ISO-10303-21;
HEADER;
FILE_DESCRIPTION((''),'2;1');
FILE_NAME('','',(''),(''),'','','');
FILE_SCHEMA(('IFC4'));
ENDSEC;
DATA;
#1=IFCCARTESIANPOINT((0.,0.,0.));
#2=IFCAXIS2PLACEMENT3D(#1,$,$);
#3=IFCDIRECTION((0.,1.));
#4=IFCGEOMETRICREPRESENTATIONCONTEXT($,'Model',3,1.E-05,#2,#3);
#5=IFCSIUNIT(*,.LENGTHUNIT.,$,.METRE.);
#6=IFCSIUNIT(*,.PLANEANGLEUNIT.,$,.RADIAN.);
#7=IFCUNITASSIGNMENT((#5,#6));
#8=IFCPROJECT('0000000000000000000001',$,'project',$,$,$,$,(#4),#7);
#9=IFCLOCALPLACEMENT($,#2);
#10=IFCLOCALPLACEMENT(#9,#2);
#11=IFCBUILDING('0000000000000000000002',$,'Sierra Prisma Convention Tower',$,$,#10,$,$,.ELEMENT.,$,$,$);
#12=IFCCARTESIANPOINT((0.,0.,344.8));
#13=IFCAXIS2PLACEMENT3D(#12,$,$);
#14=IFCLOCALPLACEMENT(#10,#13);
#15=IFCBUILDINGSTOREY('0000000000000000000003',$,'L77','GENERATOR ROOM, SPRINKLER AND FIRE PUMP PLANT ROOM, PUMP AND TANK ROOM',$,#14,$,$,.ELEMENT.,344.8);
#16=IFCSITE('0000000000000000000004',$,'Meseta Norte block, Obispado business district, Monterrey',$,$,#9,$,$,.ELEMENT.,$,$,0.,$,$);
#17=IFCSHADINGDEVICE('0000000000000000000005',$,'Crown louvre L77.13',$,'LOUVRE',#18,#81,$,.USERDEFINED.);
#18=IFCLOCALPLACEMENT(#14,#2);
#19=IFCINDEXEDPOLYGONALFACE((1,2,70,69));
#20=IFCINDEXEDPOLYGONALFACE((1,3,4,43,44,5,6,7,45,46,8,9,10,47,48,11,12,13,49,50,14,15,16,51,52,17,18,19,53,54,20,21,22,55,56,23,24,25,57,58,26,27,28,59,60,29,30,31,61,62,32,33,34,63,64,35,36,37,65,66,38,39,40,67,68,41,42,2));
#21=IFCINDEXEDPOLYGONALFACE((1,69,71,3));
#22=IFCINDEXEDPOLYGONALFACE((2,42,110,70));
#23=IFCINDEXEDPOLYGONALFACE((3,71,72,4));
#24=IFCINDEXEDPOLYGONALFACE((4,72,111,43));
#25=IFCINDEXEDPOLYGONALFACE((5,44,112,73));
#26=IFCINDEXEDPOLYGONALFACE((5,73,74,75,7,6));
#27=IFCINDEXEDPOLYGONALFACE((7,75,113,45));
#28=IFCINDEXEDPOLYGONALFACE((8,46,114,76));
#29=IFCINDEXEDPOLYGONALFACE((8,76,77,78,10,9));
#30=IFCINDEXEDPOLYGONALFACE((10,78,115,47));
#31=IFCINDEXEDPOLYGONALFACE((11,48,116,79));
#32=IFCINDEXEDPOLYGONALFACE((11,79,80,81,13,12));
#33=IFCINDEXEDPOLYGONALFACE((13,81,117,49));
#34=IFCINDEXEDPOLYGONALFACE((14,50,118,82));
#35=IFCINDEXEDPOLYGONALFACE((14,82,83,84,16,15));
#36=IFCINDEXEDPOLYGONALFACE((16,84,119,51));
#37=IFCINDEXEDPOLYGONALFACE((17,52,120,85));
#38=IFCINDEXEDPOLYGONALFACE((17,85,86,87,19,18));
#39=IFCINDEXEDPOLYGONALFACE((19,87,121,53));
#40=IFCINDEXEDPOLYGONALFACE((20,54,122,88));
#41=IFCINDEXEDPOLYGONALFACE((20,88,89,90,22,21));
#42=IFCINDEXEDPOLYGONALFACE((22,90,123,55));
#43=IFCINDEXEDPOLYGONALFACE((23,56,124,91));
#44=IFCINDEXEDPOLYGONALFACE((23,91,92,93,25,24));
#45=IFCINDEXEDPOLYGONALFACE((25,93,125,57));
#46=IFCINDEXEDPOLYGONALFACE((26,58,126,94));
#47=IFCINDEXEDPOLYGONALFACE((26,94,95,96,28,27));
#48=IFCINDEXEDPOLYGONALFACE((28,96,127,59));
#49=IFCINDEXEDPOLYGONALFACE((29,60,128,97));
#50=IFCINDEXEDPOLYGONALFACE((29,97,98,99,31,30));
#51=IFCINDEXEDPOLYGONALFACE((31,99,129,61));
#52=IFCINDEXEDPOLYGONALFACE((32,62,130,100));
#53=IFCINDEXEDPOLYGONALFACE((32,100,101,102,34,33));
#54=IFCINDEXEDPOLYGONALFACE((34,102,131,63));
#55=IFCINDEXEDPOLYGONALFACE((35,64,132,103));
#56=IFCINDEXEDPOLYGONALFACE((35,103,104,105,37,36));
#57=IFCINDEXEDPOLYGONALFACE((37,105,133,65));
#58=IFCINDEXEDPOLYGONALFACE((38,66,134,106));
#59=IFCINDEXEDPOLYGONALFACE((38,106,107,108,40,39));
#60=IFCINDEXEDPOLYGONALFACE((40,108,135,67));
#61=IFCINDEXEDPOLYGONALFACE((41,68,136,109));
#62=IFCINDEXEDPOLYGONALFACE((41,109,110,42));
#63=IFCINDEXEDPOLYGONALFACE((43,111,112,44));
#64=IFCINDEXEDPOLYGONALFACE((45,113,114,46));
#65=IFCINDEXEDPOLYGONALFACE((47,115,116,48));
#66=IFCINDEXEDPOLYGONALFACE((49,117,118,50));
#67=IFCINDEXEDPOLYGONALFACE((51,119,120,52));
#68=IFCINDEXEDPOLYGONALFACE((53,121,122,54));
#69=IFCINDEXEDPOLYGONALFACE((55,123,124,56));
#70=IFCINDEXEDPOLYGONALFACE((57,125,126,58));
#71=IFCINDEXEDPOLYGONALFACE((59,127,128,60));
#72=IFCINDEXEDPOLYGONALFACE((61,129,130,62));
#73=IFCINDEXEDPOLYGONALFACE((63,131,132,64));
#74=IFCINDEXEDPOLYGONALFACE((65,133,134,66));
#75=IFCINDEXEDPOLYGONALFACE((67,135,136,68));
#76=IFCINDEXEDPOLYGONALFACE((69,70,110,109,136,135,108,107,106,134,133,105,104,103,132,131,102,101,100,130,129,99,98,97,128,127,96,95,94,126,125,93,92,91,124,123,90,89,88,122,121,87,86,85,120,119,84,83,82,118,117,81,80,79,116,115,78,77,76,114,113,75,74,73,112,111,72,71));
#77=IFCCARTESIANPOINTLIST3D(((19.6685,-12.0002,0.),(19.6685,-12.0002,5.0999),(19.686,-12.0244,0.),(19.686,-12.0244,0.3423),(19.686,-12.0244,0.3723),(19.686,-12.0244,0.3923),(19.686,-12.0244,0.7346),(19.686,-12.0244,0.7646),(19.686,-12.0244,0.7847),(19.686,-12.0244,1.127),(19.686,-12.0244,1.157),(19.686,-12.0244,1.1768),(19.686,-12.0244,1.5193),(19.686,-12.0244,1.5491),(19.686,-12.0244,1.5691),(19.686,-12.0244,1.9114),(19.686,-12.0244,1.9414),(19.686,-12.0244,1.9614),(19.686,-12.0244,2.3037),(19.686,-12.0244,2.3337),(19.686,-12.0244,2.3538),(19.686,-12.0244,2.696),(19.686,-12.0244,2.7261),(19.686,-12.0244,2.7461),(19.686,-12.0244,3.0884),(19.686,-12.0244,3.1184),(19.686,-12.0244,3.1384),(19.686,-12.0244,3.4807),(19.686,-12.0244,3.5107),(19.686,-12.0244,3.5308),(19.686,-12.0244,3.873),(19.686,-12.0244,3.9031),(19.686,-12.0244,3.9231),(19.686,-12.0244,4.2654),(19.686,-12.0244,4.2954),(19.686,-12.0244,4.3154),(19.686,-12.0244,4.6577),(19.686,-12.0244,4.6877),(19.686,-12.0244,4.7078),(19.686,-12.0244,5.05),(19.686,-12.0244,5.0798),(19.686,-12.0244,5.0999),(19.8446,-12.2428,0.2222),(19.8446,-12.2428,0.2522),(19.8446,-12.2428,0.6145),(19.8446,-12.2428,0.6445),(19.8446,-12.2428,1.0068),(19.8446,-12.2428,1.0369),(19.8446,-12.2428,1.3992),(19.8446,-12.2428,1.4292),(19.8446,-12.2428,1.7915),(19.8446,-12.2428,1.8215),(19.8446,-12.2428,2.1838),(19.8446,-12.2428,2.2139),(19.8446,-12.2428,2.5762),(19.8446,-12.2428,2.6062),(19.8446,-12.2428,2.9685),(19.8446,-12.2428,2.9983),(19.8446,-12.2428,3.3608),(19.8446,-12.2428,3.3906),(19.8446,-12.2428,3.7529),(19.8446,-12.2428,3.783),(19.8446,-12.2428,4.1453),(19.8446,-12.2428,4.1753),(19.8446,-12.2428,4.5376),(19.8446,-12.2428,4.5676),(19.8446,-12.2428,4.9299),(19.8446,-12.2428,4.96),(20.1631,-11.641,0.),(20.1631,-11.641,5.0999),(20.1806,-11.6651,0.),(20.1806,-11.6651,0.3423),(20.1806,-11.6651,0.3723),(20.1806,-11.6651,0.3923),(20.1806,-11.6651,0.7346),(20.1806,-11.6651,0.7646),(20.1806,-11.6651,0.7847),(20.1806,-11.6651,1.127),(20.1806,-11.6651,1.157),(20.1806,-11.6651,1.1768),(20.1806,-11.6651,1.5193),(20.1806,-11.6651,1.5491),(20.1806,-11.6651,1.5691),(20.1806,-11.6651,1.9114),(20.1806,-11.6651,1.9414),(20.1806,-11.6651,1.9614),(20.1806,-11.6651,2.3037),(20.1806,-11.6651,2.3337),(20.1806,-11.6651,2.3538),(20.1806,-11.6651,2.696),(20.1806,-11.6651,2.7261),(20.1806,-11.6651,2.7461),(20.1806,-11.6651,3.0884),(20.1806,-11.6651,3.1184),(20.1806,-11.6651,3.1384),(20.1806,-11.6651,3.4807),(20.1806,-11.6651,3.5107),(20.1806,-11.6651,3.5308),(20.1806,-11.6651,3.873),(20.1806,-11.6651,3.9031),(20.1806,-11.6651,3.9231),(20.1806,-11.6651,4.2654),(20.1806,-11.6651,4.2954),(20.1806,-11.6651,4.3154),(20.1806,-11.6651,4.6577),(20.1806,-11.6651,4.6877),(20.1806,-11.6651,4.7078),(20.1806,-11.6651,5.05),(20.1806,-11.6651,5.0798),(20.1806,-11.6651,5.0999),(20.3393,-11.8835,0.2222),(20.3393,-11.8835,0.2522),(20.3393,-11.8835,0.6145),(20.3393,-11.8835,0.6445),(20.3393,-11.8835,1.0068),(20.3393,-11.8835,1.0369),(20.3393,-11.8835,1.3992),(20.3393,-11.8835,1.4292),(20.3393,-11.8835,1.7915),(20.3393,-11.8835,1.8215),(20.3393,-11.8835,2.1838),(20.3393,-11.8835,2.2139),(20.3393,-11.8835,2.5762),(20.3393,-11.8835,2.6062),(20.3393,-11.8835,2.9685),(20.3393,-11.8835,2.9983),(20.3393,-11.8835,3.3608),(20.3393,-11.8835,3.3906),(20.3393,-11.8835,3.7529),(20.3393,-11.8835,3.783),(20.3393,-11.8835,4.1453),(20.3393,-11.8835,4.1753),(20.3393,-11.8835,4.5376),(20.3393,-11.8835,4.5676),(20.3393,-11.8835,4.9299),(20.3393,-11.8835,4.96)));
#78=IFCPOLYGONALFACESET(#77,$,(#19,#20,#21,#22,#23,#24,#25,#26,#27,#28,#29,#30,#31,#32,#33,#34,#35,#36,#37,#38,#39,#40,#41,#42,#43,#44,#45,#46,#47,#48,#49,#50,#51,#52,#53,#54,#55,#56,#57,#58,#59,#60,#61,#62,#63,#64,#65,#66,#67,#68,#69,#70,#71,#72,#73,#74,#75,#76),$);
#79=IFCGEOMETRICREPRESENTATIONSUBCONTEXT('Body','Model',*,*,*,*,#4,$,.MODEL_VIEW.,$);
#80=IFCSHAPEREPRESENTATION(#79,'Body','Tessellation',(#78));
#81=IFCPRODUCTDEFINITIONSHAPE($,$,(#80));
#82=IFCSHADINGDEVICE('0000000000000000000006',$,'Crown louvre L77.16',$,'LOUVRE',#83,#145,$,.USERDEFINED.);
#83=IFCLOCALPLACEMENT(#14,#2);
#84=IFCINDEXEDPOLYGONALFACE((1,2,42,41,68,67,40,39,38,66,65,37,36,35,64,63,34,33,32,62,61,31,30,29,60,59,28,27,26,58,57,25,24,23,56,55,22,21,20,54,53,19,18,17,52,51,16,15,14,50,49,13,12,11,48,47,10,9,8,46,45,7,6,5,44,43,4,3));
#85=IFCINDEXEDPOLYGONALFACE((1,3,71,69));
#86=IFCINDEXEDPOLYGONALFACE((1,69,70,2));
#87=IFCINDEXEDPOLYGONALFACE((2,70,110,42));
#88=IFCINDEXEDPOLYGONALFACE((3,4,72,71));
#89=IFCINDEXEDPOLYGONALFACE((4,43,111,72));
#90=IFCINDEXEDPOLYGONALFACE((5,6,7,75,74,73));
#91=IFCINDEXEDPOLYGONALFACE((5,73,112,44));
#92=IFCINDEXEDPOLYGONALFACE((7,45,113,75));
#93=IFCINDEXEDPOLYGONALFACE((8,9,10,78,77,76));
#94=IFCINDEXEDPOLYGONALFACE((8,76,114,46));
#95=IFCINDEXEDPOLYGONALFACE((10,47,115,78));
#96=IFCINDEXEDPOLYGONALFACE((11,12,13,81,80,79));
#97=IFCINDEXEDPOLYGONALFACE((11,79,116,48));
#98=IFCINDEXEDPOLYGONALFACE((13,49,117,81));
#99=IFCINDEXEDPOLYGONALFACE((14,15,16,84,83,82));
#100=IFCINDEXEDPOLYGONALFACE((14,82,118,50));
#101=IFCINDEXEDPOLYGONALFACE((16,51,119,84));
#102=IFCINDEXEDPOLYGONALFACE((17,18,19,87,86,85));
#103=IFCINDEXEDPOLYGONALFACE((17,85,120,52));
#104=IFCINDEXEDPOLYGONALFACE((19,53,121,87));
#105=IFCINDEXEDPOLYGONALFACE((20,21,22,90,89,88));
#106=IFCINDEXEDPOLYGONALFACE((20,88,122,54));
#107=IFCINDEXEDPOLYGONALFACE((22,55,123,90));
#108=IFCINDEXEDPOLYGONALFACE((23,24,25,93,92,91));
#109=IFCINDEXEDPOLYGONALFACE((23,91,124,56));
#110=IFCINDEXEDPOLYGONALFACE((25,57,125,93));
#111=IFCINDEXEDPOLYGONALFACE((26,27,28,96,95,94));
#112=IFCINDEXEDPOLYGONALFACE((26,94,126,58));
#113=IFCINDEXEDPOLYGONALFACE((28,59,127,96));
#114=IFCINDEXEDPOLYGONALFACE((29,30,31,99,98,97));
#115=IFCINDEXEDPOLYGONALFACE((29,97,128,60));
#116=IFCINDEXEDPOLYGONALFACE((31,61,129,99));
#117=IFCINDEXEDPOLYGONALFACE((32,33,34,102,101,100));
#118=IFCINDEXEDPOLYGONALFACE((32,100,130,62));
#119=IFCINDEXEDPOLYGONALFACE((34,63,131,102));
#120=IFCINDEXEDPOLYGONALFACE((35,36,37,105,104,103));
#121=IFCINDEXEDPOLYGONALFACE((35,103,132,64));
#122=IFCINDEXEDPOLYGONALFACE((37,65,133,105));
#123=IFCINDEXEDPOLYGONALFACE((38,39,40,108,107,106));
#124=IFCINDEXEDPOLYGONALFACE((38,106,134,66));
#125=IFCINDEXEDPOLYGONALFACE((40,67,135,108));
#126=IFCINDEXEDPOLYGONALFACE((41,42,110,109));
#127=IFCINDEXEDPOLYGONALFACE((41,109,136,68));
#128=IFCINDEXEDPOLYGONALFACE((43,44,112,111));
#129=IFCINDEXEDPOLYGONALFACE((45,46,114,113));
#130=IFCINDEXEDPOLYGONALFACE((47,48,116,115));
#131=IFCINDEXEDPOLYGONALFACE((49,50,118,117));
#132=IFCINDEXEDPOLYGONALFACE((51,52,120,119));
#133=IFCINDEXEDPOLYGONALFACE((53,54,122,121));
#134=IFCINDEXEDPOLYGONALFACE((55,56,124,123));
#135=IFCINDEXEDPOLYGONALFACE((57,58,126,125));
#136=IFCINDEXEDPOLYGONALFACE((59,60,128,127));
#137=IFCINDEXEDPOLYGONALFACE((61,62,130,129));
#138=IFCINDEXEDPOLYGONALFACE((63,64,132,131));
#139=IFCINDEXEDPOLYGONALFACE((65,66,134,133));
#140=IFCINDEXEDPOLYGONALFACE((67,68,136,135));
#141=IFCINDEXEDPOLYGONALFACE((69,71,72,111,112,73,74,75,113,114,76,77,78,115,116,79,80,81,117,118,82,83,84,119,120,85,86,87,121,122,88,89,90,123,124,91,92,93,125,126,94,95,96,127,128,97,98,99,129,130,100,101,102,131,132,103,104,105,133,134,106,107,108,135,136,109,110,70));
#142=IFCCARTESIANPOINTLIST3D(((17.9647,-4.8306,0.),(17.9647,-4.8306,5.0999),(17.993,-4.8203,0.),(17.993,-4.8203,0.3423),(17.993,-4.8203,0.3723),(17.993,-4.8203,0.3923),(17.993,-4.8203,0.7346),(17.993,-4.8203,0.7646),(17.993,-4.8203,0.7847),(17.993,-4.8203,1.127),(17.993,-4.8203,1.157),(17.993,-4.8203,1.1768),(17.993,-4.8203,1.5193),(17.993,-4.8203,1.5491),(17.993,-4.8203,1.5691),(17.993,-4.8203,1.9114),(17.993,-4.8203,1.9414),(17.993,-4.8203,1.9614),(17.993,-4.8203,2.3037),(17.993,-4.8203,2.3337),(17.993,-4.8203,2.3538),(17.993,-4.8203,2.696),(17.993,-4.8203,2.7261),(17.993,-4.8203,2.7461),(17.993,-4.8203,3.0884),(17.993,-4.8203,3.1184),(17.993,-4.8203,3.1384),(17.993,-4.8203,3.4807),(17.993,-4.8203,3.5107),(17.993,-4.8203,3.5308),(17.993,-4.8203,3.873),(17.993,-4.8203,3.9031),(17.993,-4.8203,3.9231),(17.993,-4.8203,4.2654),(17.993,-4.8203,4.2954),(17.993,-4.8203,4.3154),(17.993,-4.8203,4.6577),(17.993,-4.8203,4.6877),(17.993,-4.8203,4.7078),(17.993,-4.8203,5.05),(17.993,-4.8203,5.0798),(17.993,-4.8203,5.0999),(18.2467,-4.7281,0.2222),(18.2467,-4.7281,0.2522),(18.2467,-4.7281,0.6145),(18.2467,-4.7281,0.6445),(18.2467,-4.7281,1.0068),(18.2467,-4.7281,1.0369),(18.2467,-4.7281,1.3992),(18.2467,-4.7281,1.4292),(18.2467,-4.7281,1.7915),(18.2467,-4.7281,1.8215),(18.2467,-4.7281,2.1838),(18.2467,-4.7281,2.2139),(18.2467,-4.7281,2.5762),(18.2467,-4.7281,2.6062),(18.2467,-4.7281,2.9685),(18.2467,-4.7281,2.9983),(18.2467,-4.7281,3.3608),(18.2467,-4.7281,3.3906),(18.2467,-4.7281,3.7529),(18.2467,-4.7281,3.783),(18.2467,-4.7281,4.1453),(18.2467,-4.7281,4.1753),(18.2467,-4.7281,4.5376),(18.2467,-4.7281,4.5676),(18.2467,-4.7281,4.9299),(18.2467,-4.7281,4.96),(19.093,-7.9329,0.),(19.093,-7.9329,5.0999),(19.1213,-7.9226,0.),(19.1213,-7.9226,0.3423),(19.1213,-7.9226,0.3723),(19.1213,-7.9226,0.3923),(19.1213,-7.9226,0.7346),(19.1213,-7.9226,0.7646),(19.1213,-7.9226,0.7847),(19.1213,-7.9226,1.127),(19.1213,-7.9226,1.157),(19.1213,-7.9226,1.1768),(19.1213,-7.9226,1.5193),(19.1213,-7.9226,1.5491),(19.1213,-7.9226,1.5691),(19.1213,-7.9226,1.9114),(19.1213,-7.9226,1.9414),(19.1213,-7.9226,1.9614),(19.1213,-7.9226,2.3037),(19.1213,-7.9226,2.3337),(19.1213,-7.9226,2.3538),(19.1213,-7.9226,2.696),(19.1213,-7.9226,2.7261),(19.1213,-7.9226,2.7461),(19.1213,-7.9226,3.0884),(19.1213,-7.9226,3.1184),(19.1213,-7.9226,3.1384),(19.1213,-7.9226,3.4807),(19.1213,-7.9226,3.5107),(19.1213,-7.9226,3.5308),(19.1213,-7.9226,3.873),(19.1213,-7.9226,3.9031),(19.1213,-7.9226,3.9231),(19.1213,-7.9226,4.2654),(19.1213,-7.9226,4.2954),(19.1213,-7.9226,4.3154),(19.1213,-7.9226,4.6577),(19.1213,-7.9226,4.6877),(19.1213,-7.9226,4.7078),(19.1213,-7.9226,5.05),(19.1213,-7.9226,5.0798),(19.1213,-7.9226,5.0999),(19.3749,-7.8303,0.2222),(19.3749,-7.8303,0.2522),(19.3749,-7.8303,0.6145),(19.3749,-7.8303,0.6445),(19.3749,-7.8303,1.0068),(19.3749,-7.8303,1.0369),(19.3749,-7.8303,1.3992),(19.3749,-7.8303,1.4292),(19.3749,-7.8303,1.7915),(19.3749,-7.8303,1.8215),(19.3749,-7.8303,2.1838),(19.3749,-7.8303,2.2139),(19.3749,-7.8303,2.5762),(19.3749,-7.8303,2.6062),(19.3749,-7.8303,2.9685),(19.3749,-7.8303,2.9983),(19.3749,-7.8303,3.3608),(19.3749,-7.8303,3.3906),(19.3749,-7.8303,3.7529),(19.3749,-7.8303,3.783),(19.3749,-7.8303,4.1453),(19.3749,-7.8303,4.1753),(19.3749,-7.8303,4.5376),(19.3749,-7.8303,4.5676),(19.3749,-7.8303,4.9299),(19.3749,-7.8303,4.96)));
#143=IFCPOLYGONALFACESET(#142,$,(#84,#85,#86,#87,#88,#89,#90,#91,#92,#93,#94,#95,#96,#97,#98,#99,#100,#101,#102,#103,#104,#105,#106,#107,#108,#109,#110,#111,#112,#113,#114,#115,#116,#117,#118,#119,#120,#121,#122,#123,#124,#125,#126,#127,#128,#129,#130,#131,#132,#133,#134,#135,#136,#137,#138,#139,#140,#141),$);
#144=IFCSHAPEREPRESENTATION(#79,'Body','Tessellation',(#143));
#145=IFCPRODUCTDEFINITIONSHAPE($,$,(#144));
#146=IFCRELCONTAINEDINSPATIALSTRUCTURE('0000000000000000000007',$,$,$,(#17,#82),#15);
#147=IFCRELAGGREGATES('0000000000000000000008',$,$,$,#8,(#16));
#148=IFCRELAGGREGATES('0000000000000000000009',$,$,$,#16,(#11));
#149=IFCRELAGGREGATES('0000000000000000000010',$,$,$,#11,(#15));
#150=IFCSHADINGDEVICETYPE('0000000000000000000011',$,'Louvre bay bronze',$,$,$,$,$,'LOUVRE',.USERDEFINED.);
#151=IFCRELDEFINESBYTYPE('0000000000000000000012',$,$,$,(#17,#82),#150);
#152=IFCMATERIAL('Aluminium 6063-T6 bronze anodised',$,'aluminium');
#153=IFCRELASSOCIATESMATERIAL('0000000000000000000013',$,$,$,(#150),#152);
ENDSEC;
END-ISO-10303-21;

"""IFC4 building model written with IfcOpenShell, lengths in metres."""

from ifc_helpers import new_model, si_unit, direction, frame, origin, place, context, subcontext, project, spatial, polyline, outline, extrude, material, type_object, element, save


model = new_model("IFC4")

# Units and contexts
model_context = context("Model", 3, precision=1e-05, world=origin(), true_north=direction((0.0, 1.0)))
body_context = subcontext(model_context, "Body", "Model", "MODEL_VIEW")
ifc_project = project(units=[si_unit("LENGTHUNIT", "METRE"), si_unit("PLANEANGLEUNIT", "RADIAN")], contexts=[model_context])

# Site, building, storey
site_placement = place(None, origin())
site = spatial("IfcSite", under=ifc_project, at=site_placement, Name="Meseta Norte block, Obispado business district, Monterrey", CompositionType="ELEMENT", RefElevation=0.0)
building_placement = place(site_placement, origin())
building = spatial("IfcBuilding", under=site, at=building_placement, Name="Sierra Prisma Convention Tower", CompositionType="ELEMENT")
storey_placement = place(building_placement, frame((0.0, 0.0, 344.8)))
storey = spatial("IfcBuildingStorey", under=building, at=storey_placement, Name="L77", Description="GENERATOR ROOM, SPRINKLER AND FIRE PUMP PLANT ROOM, PUMP AND TANK ROOM", CompositionType="ELEMENT", Elevation=344.8)

# Shading devices
ifc_material_1 = material(Name="Aluminium 6063-T6 bronze anodised", Category="aluminium")
shading_device_type = type_object("IfcShadingDeviceType", Name="Louvre bay bronze", ElementType="LOUVRE", PredefinedType="USERDEFINED", material=ifc_material_1)
shading_device_1_placement = place(storey_placement, frame((19.6685, -12.0002, 0.0), z_axis=(-0.809071, -0.58771, 0.0), x_axis=(0.0, 0.0, 1.0)))
element("IfcShadingDevice", 1, at=shading_device_1_placement, inside=storey, type_object=shading_device_type, Name="Crown louvre L77.13", ObjectType="LOUVRE", PredefinedType="USERDEFINED", context=body_context, shape_type="SweptSolid", body=[
    extrude(outline(polyline([(0.0, 0.0), (5.0999, 0.0), (5.0999, -0.0299), (5.0798, -0.0299), (4.96, -0.2998), (4.9299, -0.2998), (5.05, -0.0299), (4.7078, -0.0299), (4.6877, -0.0299), (4.5676, -0.2998), (4.5376, -0.2998), (4.6577, -0.0299), (4.3154, -0.0299), (4.2954, -0.0299), (4.1753, -0.2998), (4.1453, -0.2998), (4.2654, -0.0299), (3.9231, -0.0299), (3.9031, -0.0299), (3.783, -0.2998), (3.7529, -0.2998), (3.873, -0.0299), (3.5308, -0.0299), (3.5107, -0.0299), (3.3906, -0.2998), (3.3608, -0.2998), (3.4807, -0.0299), (3.1384, -0.0299), (3.1184, -0.0299), (2.9983, -0.2998), (2.9685, -0.2998), (3.0884, -0.0299), (2.7461, -0.0299), (2.7261, -0.0299), (2.6062, -0.2998), (2.5762, -0.2998), (2.696, -0.0299), (2.3538, -0.0299), (2.3337, -0.0299), (2.2139, -0.2998), (2.1838, -0.2998), (2.3037, -0.0299), (1.9614, -0.0299), (1.9414, -0.0299), (1.8215, -0.2998), (1.7915, -0.2998), (1.9114, -0.0299), (1.5691, -0.0299), (1.5491, -0.0299), (1.4292, -0.2998), (1.3992, -0.2998), (1.5193, -0.0299), (1.1768, -0.0299), (1.157, -0.0299), (1.0369, -0.2998), (1.0068, -0.2998), (1.127, -0.0299), (0.7847, -0.0299), (0.7646, -0.0299), (0.6445, -0.2998), (0.6145, -0.2998), (0.7346, -0.0299), (0.3923, -0.0299), (0.3723, -0.0299), (0.2522, -0.2998), (0.2222, -0.2998), (0.3423, -0.0299), (0.0, -0.0299), (0.0, 0.0)])), origin(), (0.0, 0.0, -1.0), 0.6113),
])
shading_device_2_placement = place(storey_placement, frame((19.093, -7.9329, 0.0), z_axis=(0.341797, -0.939774, 0.0), x_axis=(0.0, 0.0, 1.0)))
element("IfcShadingDevice", 2, at=shading_device_2_placement, inside=storey, type_object=shading_device_type, Name="Crown louvre L77.16", ObjectType="LOUVRE", PredefinedType="USERDEFINED", context=body_context, shape_type="SweptSolid", body=[
    extrude(outline(polyline([(0.0, 0.0), (5.0999, 0.0), (5.0999, -0.0301), (5.0798, -0.0301), (4.96, -0.3), (4.9299, -0.3), (5.05, -0.0301), (4.7078, -0.0301), (4.6877, -0.0301), (4.5676, -0.3), (4.5376, -0.3), (4.6577, -0.0301), (4.3154, -0.0301), (4.2954, -0.0301), (4.1753, -0.3), (4.1453, -0.3), (4.2654, -0.0301), (3.9231, -0.0301), (3.9031, -0.0301), (3.783, -0.3), (3.7529, -0.3), (3.873, -0.0301), (3.5308, -0.0301), (3.5107, -0.0301), (3.3906, -0.3), (3.3608, -0.3), (3.4807, -0.0301), (3.1384, -0.0301), (3.1184, -0.0301), (2.9983, -0.3), (2.9685, -0.3), (3.0884, -0.0301), (2.7461, -0.0301), (2.7261, -0.0301), (2.6062, -0.3), (2.5762, -0.3), (2.696, -0.0301), (2.3538, -0.0301), (2.3337, -0.0301), (2.2139, -0.3), (2.1838, -0.3), (2.3037, -0.0301), (1.9614, -0.0301), (1.9414, -0.0301), (1.8215, -0.3), (1.7915, -0.3), (1.9114, -0.0301), (1.5691, -0.0301), (1.5491, -0.0301), (1.4292, -0.3), (1.3992, -0.3), (1.5193, -0.0301), (1.1768, -0.0301), (1.157, -0.0301), (1.0369, -0.3), (1.0068, -0.3), (1.127, -0.0301), (0.7847, -0.0301), (0.7646, -0.0301), (0.6445, -0.3), (0.6145, -0.3), (0.7346, -0.0301), (0.3923, -0.0301), (0.3723, -0.0301), (0.2522, -0.3), (0.2222, -0.3), (0.3423, -0.0301), (0.0, -0.0301), (0.0, 0.0)])), origin(), (0.0, 0.0, -1.0), 3.301),
])

save(model, "model.ifc")
